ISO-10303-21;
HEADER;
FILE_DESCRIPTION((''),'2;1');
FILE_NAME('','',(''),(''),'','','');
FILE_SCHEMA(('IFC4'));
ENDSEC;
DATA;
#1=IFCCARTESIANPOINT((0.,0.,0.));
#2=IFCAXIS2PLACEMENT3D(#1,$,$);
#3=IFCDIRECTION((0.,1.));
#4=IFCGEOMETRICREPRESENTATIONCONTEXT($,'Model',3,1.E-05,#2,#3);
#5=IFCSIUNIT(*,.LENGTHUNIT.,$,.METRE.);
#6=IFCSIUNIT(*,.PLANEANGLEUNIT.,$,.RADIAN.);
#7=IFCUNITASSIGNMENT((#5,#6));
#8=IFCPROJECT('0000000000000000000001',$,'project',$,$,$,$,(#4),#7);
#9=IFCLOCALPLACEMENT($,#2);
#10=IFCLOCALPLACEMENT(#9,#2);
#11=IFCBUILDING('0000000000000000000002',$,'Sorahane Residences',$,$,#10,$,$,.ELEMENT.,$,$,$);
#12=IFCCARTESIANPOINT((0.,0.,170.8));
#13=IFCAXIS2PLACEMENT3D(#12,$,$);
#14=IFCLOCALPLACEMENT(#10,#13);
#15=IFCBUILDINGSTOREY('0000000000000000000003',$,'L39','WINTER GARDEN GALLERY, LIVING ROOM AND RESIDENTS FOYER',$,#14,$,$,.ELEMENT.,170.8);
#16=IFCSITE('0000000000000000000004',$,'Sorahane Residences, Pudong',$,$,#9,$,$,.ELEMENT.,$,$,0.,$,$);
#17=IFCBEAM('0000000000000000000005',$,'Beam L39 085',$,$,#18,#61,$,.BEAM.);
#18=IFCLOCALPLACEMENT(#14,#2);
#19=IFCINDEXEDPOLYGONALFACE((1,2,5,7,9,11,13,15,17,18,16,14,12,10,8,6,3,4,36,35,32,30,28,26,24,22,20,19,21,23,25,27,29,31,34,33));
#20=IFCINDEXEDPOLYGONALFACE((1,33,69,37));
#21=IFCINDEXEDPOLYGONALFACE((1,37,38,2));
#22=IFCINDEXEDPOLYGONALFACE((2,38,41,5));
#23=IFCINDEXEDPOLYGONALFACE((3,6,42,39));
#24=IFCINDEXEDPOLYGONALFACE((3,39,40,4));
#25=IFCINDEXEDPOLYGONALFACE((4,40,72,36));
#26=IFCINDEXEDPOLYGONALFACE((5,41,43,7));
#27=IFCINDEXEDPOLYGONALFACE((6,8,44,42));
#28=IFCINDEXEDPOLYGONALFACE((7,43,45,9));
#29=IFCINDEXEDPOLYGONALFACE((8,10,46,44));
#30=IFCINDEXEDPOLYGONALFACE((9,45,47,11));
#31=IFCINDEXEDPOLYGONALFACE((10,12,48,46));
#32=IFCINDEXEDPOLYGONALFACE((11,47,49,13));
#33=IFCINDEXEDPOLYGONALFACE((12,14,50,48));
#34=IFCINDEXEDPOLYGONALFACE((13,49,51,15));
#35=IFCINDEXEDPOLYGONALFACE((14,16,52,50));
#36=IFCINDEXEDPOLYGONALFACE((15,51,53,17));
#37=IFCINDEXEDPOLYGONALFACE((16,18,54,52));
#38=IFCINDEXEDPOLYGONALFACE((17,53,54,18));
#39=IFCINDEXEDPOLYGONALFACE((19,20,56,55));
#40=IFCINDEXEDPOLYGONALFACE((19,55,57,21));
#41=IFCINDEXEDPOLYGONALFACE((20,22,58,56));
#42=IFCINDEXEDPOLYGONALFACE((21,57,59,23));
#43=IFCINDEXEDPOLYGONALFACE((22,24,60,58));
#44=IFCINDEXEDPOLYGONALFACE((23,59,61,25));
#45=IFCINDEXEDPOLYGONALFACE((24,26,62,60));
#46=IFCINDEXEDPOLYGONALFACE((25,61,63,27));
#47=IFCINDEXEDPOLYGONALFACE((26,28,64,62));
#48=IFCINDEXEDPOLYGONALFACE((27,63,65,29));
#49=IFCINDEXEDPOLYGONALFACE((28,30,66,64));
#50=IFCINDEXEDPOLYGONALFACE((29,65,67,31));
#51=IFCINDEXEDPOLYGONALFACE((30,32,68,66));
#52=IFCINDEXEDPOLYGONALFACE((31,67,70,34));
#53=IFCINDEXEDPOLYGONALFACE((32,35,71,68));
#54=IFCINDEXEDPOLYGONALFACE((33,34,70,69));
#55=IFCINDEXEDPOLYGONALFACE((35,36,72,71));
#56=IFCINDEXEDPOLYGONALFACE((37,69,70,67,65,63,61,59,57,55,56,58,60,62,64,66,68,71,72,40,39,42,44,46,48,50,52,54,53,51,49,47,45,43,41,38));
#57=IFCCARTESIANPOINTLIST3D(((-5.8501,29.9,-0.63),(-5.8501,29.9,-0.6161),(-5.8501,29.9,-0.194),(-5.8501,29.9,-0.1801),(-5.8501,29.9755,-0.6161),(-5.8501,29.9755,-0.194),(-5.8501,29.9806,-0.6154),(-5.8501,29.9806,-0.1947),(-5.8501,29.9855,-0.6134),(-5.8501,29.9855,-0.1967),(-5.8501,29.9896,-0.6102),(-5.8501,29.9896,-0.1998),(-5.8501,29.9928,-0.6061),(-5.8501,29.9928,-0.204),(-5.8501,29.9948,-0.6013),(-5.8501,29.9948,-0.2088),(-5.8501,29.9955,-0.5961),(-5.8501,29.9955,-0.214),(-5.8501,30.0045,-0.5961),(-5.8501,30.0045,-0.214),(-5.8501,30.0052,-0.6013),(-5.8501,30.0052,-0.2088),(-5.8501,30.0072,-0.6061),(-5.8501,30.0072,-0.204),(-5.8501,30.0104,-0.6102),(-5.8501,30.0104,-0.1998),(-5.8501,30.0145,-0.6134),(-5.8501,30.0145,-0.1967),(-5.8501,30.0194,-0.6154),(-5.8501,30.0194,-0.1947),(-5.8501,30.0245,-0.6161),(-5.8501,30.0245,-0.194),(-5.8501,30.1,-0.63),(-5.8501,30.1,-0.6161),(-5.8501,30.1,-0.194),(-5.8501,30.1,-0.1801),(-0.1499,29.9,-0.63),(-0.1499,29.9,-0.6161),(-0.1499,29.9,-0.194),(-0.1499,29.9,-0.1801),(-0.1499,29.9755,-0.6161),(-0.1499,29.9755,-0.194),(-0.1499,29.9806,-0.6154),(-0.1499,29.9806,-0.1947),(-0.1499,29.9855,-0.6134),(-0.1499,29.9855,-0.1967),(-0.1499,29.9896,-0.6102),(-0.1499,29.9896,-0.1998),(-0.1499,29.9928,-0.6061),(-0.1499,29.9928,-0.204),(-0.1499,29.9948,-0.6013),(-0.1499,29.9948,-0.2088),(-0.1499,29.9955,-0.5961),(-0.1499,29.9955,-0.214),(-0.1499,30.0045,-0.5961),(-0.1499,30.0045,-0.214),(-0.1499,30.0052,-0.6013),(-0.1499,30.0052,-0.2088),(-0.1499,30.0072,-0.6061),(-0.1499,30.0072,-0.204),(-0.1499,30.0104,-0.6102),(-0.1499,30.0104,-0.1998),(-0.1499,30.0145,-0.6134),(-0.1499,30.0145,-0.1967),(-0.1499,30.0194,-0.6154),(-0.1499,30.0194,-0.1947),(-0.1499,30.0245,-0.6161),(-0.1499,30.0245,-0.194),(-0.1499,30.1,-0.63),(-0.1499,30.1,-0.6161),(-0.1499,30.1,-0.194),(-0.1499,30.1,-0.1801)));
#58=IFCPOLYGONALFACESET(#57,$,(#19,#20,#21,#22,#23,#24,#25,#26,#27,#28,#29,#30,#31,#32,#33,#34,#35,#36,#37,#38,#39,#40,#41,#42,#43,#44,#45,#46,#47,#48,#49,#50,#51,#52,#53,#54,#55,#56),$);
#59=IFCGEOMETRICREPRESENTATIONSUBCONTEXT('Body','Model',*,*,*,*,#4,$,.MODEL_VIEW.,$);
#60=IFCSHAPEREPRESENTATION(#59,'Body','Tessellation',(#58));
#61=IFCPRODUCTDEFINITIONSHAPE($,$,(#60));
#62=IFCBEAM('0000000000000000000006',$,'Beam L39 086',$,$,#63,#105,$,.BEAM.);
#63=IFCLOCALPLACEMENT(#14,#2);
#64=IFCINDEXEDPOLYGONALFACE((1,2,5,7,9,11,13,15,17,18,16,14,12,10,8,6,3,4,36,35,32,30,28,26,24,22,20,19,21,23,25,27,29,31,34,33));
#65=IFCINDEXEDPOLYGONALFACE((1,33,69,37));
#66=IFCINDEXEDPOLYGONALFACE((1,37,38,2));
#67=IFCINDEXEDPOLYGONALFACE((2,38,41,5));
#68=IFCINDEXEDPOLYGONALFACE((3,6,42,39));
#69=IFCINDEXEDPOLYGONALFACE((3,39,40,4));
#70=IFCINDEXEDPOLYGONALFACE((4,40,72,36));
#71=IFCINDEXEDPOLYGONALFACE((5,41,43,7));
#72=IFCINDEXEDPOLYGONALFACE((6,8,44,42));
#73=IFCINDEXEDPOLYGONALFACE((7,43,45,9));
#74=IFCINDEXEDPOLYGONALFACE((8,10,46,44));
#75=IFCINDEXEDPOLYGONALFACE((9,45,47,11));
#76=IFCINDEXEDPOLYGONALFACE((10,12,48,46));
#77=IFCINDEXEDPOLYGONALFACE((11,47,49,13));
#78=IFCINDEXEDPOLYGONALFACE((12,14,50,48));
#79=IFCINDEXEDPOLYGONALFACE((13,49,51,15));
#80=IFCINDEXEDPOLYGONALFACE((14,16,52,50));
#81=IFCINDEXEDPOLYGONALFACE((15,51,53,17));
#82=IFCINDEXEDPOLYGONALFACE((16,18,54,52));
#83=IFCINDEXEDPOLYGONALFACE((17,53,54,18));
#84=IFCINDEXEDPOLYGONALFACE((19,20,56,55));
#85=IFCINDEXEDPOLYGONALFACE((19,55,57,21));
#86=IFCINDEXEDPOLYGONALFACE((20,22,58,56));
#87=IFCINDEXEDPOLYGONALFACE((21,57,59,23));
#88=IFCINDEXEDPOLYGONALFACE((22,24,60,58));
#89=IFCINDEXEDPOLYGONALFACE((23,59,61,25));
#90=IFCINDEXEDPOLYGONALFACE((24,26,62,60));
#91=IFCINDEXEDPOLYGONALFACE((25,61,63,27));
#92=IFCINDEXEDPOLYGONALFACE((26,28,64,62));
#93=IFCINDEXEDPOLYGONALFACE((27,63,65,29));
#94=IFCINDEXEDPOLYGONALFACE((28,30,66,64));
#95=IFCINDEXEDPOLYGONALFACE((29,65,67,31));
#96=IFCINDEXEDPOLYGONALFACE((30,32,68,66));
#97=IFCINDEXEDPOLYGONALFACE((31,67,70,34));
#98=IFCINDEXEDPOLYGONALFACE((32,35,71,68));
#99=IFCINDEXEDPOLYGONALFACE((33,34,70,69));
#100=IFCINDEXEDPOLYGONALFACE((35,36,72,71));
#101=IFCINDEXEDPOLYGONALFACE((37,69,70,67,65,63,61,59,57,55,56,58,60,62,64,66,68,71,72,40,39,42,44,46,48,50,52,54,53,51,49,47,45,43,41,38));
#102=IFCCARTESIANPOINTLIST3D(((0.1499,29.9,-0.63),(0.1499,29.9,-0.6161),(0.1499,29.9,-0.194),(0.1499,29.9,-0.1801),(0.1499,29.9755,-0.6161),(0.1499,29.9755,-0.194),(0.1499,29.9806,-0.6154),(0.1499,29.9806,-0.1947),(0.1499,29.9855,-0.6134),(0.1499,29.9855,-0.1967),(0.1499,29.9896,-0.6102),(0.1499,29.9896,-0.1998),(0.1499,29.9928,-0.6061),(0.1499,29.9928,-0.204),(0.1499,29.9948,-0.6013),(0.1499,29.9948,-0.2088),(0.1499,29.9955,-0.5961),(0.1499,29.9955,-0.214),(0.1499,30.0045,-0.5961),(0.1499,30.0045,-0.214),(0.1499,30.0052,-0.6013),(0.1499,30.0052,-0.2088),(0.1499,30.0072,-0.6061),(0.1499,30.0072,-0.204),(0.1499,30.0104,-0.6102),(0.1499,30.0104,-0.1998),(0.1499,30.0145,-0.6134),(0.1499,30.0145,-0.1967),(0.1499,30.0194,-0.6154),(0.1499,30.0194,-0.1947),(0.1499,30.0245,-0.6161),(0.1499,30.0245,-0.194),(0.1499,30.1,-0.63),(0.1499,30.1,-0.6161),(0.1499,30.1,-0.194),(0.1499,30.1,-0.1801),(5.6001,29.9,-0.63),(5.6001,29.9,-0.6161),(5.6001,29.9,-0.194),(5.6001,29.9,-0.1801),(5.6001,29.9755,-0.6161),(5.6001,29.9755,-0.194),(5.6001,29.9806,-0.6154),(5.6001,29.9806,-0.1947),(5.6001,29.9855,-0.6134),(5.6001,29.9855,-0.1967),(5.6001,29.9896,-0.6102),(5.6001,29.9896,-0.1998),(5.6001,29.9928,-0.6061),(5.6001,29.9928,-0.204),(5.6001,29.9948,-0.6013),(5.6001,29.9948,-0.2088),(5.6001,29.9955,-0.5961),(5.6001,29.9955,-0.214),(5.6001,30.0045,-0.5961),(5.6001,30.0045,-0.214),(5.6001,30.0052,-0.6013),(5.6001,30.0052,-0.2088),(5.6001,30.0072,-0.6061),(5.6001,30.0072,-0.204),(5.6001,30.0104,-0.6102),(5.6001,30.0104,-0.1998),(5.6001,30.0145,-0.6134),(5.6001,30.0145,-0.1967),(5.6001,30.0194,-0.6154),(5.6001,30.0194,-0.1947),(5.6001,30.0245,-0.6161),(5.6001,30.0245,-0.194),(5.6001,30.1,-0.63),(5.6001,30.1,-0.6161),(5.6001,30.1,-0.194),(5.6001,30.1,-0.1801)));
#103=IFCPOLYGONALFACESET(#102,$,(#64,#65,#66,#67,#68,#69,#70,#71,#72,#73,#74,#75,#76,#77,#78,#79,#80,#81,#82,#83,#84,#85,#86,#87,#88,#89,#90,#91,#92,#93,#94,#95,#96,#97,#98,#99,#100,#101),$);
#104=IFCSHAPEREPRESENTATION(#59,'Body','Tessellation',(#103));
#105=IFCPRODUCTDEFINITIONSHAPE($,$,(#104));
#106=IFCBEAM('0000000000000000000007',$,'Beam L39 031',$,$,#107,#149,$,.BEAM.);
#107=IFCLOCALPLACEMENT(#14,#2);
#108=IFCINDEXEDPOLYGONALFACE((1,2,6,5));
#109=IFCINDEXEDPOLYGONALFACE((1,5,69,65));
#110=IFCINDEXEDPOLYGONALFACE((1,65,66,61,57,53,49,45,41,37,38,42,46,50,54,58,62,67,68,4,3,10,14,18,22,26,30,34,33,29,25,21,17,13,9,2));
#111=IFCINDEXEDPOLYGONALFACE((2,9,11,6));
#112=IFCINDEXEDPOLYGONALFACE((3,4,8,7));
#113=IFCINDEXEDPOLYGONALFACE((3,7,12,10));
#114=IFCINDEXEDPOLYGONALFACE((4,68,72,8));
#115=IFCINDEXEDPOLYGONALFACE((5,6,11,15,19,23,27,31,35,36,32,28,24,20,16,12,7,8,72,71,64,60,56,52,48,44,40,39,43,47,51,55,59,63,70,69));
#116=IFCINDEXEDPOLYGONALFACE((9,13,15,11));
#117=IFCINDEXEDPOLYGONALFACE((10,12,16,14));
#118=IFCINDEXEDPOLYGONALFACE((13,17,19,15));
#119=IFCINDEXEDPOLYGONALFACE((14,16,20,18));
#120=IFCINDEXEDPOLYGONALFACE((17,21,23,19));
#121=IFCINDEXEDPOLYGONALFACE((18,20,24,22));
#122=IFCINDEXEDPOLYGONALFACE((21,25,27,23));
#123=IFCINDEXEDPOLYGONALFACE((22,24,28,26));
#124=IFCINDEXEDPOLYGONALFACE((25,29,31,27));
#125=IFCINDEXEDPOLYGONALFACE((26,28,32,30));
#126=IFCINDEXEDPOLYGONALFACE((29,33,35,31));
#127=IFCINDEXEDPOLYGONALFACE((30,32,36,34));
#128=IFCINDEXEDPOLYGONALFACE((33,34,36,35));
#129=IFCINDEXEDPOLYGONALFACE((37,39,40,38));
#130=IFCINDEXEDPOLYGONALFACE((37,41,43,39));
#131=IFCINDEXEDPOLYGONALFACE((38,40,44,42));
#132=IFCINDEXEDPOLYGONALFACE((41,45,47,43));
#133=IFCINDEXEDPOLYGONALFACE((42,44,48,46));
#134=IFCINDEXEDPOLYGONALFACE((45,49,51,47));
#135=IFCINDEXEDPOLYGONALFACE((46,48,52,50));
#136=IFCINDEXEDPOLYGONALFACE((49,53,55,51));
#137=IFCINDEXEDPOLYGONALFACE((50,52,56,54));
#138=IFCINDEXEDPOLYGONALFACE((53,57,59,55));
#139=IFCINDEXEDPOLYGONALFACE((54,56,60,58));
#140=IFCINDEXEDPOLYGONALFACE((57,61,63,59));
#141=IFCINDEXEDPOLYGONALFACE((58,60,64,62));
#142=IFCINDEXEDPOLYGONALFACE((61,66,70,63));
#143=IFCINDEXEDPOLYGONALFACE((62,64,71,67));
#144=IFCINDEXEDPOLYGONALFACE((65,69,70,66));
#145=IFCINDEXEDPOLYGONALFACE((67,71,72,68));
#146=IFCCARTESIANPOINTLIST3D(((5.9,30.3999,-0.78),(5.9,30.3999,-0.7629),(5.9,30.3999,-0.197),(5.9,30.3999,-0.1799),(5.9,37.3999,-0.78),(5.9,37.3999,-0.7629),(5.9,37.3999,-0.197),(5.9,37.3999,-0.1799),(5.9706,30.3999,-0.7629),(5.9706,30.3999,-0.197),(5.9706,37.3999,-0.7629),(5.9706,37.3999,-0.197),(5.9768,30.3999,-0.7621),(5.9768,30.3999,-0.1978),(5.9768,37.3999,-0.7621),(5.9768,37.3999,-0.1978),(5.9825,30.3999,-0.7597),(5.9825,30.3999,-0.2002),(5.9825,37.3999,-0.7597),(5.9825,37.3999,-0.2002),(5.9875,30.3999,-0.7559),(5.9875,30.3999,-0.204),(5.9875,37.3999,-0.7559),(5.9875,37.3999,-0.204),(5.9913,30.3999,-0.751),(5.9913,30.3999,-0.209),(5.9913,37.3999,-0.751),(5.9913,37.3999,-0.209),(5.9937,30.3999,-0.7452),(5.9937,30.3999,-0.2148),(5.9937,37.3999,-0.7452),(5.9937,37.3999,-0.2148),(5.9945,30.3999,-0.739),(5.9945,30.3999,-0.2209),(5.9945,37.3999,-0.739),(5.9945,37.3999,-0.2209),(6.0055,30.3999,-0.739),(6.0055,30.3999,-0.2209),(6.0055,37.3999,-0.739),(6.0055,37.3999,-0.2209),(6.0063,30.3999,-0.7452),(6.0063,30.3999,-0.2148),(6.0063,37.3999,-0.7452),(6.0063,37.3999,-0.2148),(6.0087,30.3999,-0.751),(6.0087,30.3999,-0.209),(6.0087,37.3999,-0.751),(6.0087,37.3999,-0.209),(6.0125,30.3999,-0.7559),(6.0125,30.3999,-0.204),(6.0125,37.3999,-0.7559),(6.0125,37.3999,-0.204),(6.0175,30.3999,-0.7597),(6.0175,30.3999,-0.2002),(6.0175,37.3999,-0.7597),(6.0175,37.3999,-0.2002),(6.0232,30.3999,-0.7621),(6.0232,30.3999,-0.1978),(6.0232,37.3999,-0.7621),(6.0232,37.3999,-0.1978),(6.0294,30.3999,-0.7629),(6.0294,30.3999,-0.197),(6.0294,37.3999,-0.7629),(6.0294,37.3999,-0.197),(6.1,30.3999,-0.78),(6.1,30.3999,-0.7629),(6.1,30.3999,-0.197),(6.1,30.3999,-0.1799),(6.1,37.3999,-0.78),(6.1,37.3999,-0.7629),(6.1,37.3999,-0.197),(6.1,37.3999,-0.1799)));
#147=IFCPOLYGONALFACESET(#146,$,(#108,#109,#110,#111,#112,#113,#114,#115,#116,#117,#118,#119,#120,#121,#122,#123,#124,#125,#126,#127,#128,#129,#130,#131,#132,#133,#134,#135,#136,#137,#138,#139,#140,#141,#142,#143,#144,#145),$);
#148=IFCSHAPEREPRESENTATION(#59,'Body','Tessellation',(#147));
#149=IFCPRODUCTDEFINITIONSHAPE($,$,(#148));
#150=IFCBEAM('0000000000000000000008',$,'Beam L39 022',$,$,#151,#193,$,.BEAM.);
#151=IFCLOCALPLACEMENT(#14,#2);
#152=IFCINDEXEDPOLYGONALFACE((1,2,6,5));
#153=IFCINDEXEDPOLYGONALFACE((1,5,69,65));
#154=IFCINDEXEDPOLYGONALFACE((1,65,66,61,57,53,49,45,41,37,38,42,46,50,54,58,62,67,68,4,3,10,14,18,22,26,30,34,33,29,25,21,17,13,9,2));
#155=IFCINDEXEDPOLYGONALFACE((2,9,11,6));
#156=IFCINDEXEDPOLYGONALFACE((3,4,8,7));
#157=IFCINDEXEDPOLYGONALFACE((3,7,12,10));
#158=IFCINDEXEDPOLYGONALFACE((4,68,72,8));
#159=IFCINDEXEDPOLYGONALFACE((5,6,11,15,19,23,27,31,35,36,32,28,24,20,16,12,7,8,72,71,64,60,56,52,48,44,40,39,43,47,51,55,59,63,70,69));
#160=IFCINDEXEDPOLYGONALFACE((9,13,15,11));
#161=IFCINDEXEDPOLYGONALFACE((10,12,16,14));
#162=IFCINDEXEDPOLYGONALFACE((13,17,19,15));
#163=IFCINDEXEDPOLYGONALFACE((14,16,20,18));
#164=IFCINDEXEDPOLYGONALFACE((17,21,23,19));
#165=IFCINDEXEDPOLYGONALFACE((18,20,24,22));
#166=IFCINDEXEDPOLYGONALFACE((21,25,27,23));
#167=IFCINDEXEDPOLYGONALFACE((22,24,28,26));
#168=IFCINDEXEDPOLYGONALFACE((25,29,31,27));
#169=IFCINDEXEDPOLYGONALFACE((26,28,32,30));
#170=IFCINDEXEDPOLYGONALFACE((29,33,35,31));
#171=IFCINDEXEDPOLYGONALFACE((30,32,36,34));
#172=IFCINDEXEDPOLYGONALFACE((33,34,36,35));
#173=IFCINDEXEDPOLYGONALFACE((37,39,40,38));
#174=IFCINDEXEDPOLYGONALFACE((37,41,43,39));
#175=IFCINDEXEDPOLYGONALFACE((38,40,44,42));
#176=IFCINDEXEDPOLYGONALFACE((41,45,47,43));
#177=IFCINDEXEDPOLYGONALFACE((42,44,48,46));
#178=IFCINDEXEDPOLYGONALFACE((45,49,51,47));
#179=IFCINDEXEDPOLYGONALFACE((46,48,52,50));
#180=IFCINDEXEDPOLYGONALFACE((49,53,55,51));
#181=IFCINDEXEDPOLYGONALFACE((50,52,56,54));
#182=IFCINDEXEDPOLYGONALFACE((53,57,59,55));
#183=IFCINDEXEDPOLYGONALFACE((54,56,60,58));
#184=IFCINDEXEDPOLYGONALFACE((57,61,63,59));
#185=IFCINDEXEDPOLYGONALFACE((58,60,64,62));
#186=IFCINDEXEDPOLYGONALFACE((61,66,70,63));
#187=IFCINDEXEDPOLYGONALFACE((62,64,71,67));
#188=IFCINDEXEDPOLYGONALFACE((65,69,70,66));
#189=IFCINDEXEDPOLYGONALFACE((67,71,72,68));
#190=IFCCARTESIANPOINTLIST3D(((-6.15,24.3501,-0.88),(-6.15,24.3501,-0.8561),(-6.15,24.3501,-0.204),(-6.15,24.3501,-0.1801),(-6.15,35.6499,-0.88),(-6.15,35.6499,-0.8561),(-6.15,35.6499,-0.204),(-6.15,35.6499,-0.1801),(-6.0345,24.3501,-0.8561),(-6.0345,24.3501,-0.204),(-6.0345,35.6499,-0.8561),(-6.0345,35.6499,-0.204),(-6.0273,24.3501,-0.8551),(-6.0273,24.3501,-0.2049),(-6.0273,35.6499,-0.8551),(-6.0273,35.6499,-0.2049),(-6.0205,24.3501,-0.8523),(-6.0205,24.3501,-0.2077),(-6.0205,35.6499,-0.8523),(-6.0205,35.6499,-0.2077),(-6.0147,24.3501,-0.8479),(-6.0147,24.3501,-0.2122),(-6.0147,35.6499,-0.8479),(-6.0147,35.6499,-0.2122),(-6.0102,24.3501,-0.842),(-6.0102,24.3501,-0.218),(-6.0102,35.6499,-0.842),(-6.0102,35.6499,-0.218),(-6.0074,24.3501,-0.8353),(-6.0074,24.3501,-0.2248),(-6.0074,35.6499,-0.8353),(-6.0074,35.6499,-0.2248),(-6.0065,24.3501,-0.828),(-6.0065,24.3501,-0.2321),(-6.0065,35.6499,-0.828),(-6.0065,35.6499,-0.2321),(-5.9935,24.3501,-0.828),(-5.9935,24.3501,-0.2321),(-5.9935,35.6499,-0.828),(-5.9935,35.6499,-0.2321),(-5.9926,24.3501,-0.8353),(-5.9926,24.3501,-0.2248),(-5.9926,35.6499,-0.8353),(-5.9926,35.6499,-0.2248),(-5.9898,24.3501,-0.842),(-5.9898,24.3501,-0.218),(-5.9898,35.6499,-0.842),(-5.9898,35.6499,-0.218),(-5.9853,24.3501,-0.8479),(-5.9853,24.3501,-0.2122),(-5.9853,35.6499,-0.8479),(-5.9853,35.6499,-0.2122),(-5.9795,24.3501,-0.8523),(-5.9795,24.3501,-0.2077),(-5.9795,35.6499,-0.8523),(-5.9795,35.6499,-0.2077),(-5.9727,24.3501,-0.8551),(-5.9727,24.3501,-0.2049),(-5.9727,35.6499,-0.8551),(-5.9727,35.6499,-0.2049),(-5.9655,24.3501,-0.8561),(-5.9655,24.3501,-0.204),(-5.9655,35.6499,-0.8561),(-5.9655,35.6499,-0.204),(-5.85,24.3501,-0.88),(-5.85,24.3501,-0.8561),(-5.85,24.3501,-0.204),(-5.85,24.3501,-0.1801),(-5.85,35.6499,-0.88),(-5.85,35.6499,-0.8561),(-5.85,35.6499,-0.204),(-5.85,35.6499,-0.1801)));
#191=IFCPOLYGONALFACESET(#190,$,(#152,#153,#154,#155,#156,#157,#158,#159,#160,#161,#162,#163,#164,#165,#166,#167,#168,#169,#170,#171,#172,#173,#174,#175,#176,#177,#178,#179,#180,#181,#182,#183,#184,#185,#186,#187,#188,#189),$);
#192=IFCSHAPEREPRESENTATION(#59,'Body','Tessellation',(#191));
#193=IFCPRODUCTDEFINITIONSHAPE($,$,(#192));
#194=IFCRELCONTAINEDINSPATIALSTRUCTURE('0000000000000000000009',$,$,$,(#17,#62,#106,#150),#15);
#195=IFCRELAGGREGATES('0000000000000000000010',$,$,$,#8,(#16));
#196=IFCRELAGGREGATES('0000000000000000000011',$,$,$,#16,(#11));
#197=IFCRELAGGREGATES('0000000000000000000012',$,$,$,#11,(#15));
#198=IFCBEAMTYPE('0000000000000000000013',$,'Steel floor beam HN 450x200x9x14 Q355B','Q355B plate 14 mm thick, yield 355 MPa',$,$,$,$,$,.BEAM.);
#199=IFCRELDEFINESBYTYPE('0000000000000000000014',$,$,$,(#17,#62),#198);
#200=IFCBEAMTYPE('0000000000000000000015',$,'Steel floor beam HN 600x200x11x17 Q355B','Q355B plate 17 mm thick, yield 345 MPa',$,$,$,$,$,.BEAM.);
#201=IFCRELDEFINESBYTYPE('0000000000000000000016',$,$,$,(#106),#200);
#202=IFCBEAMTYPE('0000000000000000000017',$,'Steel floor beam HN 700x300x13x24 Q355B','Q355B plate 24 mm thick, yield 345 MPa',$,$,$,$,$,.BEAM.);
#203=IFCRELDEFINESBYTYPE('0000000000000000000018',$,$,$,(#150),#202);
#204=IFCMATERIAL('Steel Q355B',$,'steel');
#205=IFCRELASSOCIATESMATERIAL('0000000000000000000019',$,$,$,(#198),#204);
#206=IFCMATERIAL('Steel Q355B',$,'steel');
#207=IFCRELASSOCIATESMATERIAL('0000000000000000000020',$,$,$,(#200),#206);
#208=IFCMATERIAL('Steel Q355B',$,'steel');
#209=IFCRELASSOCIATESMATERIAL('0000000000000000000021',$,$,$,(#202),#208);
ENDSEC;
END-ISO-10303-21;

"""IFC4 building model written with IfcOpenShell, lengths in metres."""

from ifc_helpers import new_model, si_unit, direction, frame, origin, origin_2d, place, context, subcontext, project, spatial, i_section, extrude, material, material_profile, profile_set, type_object, element, save


model = new_model("IFC4")

# Units and contexts
model_context = context("Model", 3, precision=1e-05, world=origin(), true_north=direction((0.0, 1.0)))
body_context = subcontext(model_context, "Body", "Model", "MODEL_VIEW")
ifc_project = project(units=[si_unit("LENGTHUNIT", "METRE"), si_unit("PLANEANGLEUNIT", "RADIAN")], contexts=[model_context])

# Site, building, storey
site_placement = place(None, origin())
site = spatial("IfcSite", under=ifc_project, at=site_placement, Name="Sorahane Residences, Pudong", CompositionType="ELEMENT", RefElevation=0.0)
building_placement = place(site_placement, origin())
building = spatial("IfcBuilding", under=site, at=building_placement, Name="Sorahane Residences", CompositionType="ELEMENT")
storey_placement = place(building_placement, frame((0.0, 0.0, 170.8)))
storey = spatial("IfcBuildingStorey", under=building, at=storey_placement, Name="L39", Description="WINTER GARDEN GALLERY, LIVING ROOM AND RESIDENTS FOYER", CompositionType="ELEMENT", Elevation=170.8)

# Beams
ifc_material_1 = material(Name="Steel Q355B", Category="steel")
ifc_material_profile_1 = material_profile(ifc_material_1, i_section(OverallWidth=0.2, OverallDepth=0.45, WebThickness=0.009, FlangeThickness=0.0139, FilletRadius=0.02, at=origin_2d()), Name="HN 450x200x9x14")
ifc_profile_set_1 = profile_set([ifc_material_profile_1], Name="Steel Q355B")
beam_type_1 = type_object("IfcBeamType", Name="Steel floor beam HN 450x200x9x14 Q355B", Description="Q355B plate 14 mm thick, yield 355 MPa", PredefinedType="BEAM", material=ifc_profile_set_1)
beam_1_placement = place(storey_placement, frame((-5.8501, 30.0, -0.405), z_axis=(1.0, 0.0, 0.0), x_axis=(0.0, 1.0, 0.0)))
element("IfcBeam", 1, at=beam_1_placement, inside=storey, type_object=beam_type_1, Name="Beam L39 085", PredefinedType="BEAM", context=body_context, shape_type="SweptSolid", body=[
    extrude(i_section(OverallWidth=0.2, OverallDepth=0.45, WebThickness=0.009, FlangeThickness=0.0139, FilletRadius=0.02, at=origin_2d()), origin(), (0.0, 0.0, 1.0), 5.7002),
])
beam_2_placement = place(storey_placement, frame((0.1499, 30.0, -0.405), z_axis=(1.0, 0.0, 0.0), x_axis=(0.0, 1.0, 0.0)))
element("IfcBeam", 2, at=beam_2_placement, inside=storey, type_object=beam_type_1, Name="Beam L39 086", PredefinedType="BEAM", context=body_context, shape_type="SweptSolid", body=[
    extrude(i_section(OverallWidth=0.2, OverallDepth=0.45, WebThickness=0.009, FlangeThickness=0.0139, FilletRadius=0.02, at=origin_2d()), origin(), (0.0, 0.0, 1.0), 5.4502),
])
ifc_material_2 = material(Name="Steel Q355B", Category="steel")
ifc_material_profile_2 = material_profile(ifc_material_2, i_section(OverallWidth=0.2, OverallDepth=0.6001, WebThickness=0.011, FlangeThickness=0.0171, FilletRadius=0.0239, at=origin_2d()), Name="HN 600x200x11x17")
ifc_profile_set_2 = profile_set([ifc_material_profile_2], Name="Steel Q355B")
beam_type_2 = type_object("IfcBeamType", Name="Steel floor beam HN 600x200x11x17 Q355B", Description="Q355B plate 17 mm thick, yield 345 MPa", PredefinedType="BEAM", material=ifc_profile_set_2)
beam_3_placement = place(storey_placement, frame((6.0, 30.3999, -0.48), z_axis=(0.0, 1.0, 0.0), x_axis=(-1.0, 0.0, 0.0)))
element("IfcBeam", 3, at=beam_3_placement, inside=storey, type_object=beam_type_2, Name="Beam L39 031", PredefinedType="BEAM", context=body_context, shape_type="SweptSolid", body=[
    extrude(i_section(OverallWidth=0.2, OverallDepth=0.6001, WebThickness=0.011, FlangeThickness=0.0171, FilletRadius=0.0239, at=origin_2d()), origin(), (0.0, 0.0, 1.0), 7.0),
])
ifc_material_3 = material(Name="Steel Q355B", Category="steel")
ifc_material_profile_3 = material_profile(ifc_material_3, i_section(OverallWidth=0.3, OverallDepth=0.7, WebThickness=0.0129, FlangeThickness=0.0239, FilletRadius=0.0281, at=origin_2d()), Name="HN 700x300x13x24")
ifc_profile_set_3 = profile_set([ifc_material_profile_3], Name="Steel Q355B")
beam_type_3 = type_object("IfcBeamType", Name="Steel floor beam HN 700x300x13x24 Q355B", Description="Q355B plate 24 mm thick, yield 345 MPa", PredefinedType="BEAM", material=ifc_profile_set_3)
beam_4_placement = place(storey_placement, frame((-6.0, 24.3501, -0.53), z_axis=(0.0, 1.0, 0.0), x_axis=(-1.0, 0.0, 0.0)))
element("IfcBeam", 4, at=beam_4_placement, inside=storey, type_object=beam_type_3, Name="Beam L39 022", PredefinedType="BEAM", context=body_context, shape_type="SweptSolid", body=[
    extrude(i_section(OverallWidth=0.3, OverallDepth=0.7, WebThickness=0.0129, FlangeThickness=0.0239, FilletRadius=0.0281, at=origin_2d()), origin(), (0.0, 0.0, 1.0), 11.2998),
])

save(model, "model.ifc")
